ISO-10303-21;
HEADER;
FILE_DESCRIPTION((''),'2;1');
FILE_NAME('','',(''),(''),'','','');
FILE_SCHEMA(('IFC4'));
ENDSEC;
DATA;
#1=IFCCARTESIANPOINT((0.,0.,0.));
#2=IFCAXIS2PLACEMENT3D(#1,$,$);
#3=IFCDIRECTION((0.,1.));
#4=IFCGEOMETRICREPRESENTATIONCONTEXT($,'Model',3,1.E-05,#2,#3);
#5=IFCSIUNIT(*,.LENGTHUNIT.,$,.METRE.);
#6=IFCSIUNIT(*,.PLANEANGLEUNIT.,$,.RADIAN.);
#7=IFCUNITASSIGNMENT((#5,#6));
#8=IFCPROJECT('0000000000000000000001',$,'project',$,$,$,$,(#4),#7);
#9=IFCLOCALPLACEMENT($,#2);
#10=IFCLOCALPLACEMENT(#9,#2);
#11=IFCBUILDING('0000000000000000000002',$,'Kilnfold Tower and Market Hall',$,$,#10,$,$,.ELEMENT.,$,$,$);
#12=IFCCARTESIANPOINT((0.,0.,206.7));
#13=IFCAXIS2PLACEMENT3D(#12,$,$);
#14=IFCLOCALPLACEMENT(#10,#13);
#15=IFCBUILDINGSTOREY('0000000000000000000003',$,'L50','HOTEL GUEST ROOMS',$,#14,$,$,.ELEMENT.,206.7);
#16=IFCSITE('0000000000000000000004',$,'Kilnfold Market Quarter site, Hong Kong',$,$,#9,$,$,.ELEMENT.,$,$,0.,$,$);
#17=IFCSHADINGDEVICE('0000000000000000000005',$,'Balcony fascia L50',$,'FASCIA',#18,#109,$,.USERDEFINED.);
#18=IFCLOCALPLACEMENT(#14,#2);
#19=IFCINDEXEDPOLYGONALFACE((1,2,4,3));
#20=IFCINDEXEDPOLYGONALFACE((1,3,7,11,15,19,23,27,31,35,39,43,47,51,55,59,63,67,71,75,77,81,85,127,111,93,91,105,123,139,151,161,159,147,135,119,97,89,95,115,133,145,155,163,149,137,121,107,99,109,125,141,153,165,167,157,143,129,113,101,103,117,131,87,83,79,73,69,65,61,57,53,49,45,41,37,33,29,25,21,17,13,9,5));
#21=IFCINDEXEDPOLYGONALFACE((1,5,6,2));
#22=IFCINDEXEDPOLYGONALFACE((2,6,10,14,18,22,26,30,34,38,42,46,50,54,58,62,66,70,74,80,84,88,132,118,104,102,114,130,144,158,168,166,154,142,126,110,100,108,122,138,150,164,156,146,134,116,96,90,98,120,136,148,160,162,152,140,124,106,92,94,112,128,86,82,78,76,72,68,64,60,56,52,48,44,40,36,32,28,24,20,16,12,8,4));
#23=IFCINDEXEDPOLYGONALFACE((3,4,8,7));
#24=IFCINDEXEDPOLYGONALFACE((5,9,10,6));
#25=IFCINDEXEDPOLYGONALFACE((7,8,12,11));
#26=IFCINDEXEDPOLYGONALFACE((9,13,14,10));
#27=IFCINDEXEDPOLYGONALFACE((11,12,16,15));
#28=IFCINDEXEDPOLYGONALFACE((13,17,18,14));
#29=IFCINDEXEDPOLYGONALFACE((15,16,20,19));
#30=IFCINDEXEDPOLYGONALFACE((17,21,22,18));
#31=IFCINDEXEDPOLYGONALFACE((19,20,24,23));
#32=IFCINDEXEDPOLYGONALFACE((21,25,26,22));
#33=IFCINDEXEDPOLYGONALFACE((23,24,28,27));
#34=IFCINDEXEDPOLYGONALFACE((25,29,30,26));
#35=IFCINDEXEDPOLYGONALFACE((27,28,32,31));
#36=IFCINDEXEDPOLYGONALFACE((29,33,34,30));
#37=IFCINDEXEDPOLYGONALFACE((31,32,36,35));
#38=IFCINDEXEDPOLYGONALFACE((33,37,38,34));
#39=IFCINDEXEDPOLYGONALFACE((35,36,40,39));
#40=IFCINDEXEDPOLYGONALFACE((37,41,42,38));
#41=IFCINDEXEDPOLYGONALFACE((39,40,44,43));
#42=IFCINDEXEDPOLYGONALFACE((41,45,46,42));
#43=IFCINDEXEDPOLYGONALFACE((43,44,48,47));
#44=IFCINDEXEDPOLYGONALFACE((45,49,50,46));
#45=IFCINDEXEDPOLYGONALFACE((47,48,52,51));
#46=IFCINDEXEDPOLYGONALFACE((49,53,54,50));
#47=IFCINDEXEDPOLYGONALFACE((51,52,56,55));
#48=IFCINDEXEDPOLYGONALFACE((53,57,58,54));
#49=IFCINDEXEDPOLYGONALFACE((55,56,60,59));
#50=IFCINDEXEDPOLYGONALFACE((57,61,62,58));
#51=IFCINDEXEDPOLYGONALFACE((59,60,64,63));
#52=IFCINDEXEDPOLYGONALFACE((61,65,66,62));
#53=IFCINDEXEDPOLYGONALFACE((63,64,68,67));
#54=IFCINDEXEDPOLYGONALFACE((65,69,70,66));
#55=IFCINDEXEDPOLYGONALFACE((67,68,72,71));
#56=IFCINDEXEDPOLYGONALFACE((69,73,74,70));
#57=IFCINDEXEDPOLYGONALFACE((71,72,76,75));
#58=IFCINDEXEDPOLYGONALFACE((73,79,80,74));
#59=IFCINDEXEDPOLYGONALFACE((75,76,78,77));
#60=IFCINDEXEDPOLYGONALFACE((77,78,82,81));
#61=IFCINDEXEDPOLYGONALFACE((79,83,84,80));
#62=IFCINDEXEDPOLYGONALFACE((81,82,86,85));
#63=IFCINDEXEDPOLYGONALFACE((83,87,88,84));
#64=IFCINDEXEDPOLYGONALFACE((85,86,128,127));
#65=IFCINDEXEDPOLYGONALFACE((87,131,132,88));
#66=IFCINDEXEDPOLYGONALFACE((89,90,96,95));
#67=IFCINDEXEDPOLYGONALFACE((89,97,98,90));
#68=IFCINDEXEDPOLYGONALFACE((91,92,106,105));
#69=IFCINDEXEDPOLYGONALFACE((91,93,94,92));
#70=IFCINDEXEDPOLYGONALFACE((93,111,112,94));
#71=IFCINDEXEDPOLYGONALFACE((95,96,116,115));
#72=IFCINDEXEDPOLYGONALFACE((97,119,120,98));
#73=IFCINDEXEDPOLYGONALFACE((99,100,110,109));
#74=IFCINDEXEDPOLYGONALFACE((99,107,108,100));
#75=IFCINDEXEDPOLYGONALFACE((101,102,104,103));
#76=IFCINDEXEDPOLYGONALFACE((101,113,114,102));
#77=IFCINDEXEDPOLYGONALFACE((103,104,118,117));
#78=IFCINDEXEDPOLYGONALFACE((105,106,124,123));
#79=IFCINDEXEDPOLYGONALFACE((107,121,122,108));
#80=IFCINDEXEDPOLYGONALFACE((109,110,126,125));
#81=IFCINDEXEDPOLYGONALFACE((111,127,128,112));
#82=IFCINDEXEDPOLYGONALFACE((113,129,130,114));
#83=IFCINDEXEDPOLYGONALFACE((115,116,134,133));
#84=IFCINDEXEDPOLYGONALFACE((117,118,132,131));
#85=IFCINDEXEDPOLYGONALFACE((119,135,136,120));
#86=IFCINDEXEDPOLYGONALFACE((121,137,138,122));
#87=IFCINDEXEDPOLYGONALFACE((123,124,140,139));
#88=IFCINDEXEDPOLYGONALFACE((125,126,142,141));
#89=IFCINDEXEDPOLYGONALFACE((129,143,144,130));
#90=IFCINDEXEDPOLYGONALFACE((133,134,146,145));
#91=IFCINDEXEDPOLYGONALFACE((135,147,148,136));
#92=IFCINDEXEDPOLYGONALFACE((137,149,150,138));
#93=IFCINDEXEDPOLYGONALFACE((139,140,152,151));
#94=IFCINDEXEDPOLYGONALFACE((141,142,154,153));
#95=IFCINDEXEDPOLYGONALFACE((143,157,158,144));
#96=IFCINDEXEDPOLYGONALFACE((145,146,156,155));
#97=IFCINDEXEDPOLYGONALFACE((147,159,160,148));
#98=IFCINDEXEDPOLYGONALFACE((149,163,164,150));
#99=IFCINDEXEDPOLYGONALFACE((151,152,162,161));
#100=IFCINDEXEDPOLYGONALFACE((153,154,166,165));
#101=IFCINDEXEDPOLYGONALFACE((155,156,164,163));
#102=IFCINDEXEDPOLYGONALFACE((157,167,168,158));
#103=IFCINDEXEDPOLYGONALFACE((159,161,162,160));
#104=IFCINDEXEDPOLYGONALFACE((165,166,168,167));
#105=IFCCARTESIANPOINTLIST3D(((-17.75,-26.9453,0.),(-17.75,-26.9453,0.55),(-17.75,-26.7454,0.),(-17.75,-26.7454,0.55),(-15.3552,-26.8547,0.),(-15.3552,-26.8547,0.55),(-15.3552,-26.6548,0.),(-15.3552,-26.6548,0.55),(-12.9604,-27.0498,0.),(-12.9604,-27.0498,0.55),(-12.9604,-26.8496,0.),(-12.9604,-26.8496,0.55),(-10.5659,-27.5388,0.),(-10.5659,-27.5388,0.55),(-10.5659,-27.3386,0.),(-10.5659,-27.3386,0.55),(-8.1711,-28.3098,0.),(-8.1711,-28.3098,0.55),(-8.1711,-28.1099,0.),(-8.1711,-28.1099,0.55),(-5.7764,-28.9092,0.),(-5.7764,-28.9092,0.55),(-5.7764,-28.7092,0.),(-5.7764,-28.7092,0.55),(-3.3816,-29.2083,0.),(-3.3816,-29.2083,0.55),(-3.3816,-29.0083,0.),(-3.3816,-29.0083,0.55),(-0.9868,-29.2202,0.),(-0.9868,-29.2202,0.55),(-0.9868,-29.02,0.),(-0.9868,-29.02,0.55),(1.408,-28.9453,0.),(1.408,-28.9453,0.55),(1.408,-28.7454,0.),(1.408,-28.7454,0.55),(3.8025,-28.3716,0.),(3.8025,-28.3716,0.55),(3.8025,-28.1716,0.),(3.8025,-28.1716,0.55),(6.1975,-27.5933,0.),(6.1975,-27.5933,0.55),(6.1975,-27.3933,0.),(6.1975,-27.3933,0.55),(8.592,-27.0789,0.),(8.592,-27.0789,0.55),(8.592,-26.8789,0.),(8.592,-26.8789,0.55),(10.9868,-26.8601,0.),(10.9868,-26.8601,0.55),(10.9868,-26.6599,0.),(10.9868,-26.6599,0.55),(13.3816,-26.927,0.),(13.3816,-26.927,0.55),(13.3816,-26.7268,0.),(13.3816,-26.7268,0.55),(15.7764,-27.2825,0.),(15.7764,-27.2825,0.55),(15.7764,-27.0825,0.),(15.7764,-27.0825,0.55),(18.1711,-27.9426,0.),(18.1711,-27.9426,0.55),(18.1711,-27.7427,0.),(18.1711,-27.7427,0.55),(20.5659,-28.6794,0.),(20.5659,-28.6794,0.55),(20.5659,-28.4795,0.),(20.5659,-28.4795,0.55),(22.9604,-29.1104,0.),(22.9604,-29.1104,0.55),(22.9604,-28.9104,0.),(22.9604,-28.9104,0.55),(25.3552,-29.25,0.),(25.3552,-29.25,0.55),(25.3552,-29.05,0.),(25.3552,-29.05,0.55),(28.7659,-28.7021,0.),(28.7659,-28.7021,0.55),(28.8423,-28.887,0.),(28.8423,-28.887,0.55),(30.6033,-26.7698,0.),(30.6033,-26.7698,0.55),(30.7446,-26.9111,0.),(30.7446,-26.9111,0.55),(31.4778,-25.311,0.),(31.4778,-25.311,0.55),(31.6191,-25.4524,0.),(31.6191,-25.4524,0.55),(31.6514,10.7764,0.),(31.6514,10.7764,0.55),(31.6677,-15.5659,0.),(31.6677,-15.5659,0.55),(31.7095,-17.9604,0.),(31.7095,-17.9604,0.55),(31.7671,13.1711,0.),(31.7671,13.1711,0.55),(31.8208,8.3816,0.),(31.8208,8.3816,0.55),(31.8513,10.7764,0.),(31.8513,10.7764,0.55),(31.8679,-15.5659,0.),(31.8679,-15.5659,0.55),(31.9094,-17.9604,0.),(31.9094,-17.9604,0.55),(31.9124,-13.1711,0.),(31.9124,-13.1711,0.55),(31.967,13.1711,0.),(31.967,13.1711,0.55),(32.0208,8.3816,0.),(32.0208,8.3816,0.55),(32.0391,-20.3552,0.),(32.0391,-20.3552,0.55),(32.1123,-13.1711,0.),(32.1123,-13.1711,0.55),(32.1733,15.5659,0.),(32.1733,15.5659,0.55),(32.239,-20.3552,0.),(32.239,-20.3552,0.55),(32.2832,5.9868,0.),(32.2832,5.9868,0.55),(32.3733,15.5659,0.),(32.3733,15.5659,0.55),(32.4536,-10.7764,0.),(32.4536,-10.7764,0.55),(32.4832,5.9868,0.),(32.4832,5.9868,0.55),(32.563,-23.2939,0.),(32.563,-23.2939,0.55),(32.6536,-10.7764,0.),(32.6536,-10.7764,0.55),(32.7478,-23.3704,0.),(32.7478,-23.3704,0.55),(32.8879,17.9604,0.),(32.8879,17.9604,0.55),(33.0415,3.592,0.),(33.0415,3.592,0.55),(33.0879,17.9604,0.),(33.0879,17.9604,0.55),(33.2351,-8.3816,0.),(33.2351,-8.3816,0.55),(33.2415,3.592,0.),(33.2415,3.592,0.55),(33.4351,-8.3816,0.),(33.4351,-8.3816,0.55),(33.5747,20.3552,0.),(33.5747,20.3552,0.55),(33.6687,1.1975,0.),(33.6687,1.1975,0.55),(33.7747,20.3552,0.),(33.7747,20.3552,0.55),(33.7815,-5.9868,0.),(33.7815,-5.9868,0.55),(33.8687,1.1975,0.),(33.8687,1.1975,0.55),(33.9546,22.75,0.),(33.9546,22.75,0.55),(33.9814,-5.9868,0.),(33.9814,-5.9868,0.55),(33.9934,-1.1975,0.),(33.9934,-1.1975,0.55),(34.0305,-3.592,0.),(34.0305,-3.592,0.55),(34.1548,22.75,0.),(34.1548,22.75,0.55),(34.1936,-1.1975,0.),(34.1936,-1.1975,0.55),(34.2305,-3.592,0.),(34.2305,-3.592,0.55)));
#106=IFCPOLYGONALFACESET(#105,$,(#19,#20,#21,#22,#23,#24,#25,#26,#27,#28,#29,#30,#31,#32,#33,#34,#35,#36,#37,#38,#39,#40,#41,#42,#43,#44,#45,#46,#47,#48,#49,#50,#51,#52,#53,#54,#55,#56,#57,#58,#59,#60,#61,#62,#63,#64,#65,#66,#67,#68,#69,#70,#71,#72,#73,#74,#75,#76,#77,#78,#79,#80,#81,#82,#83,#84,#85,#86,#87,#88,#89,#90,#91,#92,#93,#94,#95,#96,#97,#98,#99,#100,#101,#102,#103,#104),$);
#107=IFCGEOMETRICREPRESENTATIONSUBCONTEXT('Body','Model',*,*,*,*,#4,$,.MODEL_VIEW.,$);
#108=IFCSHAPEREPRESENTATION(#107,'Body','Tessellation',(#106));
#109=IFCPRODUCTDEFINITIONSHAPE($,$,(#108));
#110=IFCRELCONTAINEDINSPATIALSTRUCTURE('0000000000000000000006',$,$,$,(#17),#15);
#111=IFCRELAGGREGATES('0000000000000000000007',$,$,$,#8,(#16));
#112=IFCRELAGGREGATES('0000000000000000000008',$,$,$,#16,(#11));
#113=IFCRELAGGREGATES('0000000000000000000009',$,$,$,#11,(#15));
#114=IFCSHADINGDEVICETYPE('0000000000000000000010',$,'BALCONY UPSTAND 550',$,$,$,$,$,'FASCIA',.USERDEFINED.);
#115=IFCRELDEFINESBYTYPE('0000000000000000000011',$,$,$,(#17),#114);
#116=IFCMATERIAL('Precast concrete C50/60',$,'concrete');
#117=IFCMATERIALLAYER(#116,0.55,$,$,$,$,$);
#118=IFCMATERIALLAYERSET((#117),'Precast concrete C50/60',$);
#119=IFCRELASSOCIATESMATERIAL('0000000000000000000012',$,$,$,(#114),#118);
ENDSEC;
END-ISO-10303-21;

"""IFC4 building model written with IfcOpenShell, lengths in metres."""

from ifc_helpers import new_model, si_unit, direction, frame, origin, place, context, subcontext, project, spatial, polyline, outline, extrude, source, transform, mapped, material, layer, layer_set, type_object, element, save


model = new_model("IFC4")

# Units and contexts
model_context = context("Model", 3, precision=1e-05, world=origin(), true_north=direction((0.0, 1.0)))
body_context = subcontext(model_context, "Body", "Model", "MODEL_VIEW")
ifc_project = project(units=[si_unit("LENGTHUNIT", "METRE"), si_unit("PLANEANGLEUNIT", "RADIAN")], contexts=[model_context])

# Site, building, storey
site_placement = place(None, origin())
site = spatial("IfcSite", under=ifc_project, at=site_placement, Name="Kilnfold Market Quarter site, Hong Kong", CompositionType="ELEMENT", RefElevation=0.0)
building_placement = place(site_placement, origin())
building = spatial("IfcBuilding", under=site, at=building_placement, Name="Kilnfold Tower and Market Hall", CompositionType="ELEMENT")
storey_placement = place(building_placement, frame((0.0, 0.0, 206.7)))
storey = spatial("IfcBuildingStorey", under=building, at=storey_placement, Name="L50", Description="HOTEL GUEST ROOMS", CompositionType="ELEMENT", Elevation=206.7)

# Shading device
ifc_material_1 = material(Name="Precast concrete C50/60", Category="concrete")
ifc_layer_1 = layer(ifc_material_1, 0.55)
ifc_layer_set_1 = layer_set([ifc_layer_1], Name="Precast concrete C50/60")
shading_device_type_1 = type_object("IfcShadingDeviceType", Name="BALCONY UPSTAND 550", ElementType="FASCIA", PredefinedType="USERDEFINED", material=ifc_layer_set_1)
shared_shape_1 = source(origin(), body_context, "Body", "SweptSolid", [
    extrude(outline(polyline([(-17.75, -26.9453), (-15.3552, -26.8547), (-12.9604, -27.0498), (-10.5659, -27.5388), (-8.1711, -28.3098), (-5.7764, -28.9092), (-3.3816, -29.2083), (-0.9868, -29.2202), (1.408, -28.9453), (3.8025, -28.3716), (6.1975, -27.5933), (8.592, -27.0789), (10.9868, -26.8601), (13.3816, -26.927), (15.7764, -27.2825), (18.1711, -27.9426), (20.5659, -28.6794), (22.9604, -29.1104), (25.3552, -29.25), (28.8423, -28.887), (30.7446, -26.9111), (31.6191, -25.4524), (32.7478, -23.3704), (32.239, -20.3552), (31.9094, -17.9604), (31.8679, -15.5659), (32.1123, -13.1711), (32.6536, -10.7764), (33.4351, -8.3816), (33.9814, -5.9868), (34.2305, -3.592), (34.1936, -1.1975), (33.8687, 1.1975), (33.2415, 3.592), (32.4832, 5.9868), (32.0208, 8.3816), (31.8513, 10.7764), (31.967, 13.1711), (32.3733, 15.5659), (33.0879, 17.9604), (33.7747, 20.3552), (34.1548, 22.75), (33.9546, 22.75), (33.5747, 20.3552), (32.8879, 17.9604), (32.1733, 15.5659), (31.7671, 13.1711), (31.6514, 10.7764), (31.8208, 8.3816), (32.2832, 5.9868), (33.0415, 3.592), (33.6687, 1.1975), (33.9934, -1.1975), (34.0305, -3.592), (33.7815, -5.9868), (33.2351, -8.3816), (32.4536, -10.7764), (31.9124, -13.1711), (31.6677, -15.5659), (31.7095, -17.9604), (32.0391, -20.3552), (32.563, -23.2939), (31.4778, -25.311), (30.6033, -26.7698), (28.7659, -28.7021), (25.3552, -29.05), (22.9604, -28.9104), (20.5659, -28.4795), (18.1711, -27.7427), (15.7764, -27.0825), (13.3816, -26.7268), (10.9868, -26.6599), (8.592, -26.8789), (6.1975, -27.3933), (3.8025, -28.1716), (1.408, -28.7454), (-0.9868, -29.02), (-3.3816, -29.0083), (-5.7764, -28.7092), (-8.1711, -28.1099), (-10.5659, -27.3386), (-12.9604, -26.8496), (-15.3552, -26.6548), (-17.75, -26.7454), (-17.75, -26.9453)])), origin(), (0.0, 0.0, 1.0), 0.55),
])
shading_device_1_placement = place(storey_placement, origin())
element("IfcShadingDevice", 1, at=shading_device_1_placement, inside=storey, type_object=shading_device_type_1, Name="Balcony fascia L50", ObjectType="FASCIA", PredefinedType="USERDEFINED", context=body_context, shape_type="MappedRepresentation", body=[
    mapped(shared_shape_1, transform((0.0, 0.0, 0.0))),
])

save(model, "model.ifc")
